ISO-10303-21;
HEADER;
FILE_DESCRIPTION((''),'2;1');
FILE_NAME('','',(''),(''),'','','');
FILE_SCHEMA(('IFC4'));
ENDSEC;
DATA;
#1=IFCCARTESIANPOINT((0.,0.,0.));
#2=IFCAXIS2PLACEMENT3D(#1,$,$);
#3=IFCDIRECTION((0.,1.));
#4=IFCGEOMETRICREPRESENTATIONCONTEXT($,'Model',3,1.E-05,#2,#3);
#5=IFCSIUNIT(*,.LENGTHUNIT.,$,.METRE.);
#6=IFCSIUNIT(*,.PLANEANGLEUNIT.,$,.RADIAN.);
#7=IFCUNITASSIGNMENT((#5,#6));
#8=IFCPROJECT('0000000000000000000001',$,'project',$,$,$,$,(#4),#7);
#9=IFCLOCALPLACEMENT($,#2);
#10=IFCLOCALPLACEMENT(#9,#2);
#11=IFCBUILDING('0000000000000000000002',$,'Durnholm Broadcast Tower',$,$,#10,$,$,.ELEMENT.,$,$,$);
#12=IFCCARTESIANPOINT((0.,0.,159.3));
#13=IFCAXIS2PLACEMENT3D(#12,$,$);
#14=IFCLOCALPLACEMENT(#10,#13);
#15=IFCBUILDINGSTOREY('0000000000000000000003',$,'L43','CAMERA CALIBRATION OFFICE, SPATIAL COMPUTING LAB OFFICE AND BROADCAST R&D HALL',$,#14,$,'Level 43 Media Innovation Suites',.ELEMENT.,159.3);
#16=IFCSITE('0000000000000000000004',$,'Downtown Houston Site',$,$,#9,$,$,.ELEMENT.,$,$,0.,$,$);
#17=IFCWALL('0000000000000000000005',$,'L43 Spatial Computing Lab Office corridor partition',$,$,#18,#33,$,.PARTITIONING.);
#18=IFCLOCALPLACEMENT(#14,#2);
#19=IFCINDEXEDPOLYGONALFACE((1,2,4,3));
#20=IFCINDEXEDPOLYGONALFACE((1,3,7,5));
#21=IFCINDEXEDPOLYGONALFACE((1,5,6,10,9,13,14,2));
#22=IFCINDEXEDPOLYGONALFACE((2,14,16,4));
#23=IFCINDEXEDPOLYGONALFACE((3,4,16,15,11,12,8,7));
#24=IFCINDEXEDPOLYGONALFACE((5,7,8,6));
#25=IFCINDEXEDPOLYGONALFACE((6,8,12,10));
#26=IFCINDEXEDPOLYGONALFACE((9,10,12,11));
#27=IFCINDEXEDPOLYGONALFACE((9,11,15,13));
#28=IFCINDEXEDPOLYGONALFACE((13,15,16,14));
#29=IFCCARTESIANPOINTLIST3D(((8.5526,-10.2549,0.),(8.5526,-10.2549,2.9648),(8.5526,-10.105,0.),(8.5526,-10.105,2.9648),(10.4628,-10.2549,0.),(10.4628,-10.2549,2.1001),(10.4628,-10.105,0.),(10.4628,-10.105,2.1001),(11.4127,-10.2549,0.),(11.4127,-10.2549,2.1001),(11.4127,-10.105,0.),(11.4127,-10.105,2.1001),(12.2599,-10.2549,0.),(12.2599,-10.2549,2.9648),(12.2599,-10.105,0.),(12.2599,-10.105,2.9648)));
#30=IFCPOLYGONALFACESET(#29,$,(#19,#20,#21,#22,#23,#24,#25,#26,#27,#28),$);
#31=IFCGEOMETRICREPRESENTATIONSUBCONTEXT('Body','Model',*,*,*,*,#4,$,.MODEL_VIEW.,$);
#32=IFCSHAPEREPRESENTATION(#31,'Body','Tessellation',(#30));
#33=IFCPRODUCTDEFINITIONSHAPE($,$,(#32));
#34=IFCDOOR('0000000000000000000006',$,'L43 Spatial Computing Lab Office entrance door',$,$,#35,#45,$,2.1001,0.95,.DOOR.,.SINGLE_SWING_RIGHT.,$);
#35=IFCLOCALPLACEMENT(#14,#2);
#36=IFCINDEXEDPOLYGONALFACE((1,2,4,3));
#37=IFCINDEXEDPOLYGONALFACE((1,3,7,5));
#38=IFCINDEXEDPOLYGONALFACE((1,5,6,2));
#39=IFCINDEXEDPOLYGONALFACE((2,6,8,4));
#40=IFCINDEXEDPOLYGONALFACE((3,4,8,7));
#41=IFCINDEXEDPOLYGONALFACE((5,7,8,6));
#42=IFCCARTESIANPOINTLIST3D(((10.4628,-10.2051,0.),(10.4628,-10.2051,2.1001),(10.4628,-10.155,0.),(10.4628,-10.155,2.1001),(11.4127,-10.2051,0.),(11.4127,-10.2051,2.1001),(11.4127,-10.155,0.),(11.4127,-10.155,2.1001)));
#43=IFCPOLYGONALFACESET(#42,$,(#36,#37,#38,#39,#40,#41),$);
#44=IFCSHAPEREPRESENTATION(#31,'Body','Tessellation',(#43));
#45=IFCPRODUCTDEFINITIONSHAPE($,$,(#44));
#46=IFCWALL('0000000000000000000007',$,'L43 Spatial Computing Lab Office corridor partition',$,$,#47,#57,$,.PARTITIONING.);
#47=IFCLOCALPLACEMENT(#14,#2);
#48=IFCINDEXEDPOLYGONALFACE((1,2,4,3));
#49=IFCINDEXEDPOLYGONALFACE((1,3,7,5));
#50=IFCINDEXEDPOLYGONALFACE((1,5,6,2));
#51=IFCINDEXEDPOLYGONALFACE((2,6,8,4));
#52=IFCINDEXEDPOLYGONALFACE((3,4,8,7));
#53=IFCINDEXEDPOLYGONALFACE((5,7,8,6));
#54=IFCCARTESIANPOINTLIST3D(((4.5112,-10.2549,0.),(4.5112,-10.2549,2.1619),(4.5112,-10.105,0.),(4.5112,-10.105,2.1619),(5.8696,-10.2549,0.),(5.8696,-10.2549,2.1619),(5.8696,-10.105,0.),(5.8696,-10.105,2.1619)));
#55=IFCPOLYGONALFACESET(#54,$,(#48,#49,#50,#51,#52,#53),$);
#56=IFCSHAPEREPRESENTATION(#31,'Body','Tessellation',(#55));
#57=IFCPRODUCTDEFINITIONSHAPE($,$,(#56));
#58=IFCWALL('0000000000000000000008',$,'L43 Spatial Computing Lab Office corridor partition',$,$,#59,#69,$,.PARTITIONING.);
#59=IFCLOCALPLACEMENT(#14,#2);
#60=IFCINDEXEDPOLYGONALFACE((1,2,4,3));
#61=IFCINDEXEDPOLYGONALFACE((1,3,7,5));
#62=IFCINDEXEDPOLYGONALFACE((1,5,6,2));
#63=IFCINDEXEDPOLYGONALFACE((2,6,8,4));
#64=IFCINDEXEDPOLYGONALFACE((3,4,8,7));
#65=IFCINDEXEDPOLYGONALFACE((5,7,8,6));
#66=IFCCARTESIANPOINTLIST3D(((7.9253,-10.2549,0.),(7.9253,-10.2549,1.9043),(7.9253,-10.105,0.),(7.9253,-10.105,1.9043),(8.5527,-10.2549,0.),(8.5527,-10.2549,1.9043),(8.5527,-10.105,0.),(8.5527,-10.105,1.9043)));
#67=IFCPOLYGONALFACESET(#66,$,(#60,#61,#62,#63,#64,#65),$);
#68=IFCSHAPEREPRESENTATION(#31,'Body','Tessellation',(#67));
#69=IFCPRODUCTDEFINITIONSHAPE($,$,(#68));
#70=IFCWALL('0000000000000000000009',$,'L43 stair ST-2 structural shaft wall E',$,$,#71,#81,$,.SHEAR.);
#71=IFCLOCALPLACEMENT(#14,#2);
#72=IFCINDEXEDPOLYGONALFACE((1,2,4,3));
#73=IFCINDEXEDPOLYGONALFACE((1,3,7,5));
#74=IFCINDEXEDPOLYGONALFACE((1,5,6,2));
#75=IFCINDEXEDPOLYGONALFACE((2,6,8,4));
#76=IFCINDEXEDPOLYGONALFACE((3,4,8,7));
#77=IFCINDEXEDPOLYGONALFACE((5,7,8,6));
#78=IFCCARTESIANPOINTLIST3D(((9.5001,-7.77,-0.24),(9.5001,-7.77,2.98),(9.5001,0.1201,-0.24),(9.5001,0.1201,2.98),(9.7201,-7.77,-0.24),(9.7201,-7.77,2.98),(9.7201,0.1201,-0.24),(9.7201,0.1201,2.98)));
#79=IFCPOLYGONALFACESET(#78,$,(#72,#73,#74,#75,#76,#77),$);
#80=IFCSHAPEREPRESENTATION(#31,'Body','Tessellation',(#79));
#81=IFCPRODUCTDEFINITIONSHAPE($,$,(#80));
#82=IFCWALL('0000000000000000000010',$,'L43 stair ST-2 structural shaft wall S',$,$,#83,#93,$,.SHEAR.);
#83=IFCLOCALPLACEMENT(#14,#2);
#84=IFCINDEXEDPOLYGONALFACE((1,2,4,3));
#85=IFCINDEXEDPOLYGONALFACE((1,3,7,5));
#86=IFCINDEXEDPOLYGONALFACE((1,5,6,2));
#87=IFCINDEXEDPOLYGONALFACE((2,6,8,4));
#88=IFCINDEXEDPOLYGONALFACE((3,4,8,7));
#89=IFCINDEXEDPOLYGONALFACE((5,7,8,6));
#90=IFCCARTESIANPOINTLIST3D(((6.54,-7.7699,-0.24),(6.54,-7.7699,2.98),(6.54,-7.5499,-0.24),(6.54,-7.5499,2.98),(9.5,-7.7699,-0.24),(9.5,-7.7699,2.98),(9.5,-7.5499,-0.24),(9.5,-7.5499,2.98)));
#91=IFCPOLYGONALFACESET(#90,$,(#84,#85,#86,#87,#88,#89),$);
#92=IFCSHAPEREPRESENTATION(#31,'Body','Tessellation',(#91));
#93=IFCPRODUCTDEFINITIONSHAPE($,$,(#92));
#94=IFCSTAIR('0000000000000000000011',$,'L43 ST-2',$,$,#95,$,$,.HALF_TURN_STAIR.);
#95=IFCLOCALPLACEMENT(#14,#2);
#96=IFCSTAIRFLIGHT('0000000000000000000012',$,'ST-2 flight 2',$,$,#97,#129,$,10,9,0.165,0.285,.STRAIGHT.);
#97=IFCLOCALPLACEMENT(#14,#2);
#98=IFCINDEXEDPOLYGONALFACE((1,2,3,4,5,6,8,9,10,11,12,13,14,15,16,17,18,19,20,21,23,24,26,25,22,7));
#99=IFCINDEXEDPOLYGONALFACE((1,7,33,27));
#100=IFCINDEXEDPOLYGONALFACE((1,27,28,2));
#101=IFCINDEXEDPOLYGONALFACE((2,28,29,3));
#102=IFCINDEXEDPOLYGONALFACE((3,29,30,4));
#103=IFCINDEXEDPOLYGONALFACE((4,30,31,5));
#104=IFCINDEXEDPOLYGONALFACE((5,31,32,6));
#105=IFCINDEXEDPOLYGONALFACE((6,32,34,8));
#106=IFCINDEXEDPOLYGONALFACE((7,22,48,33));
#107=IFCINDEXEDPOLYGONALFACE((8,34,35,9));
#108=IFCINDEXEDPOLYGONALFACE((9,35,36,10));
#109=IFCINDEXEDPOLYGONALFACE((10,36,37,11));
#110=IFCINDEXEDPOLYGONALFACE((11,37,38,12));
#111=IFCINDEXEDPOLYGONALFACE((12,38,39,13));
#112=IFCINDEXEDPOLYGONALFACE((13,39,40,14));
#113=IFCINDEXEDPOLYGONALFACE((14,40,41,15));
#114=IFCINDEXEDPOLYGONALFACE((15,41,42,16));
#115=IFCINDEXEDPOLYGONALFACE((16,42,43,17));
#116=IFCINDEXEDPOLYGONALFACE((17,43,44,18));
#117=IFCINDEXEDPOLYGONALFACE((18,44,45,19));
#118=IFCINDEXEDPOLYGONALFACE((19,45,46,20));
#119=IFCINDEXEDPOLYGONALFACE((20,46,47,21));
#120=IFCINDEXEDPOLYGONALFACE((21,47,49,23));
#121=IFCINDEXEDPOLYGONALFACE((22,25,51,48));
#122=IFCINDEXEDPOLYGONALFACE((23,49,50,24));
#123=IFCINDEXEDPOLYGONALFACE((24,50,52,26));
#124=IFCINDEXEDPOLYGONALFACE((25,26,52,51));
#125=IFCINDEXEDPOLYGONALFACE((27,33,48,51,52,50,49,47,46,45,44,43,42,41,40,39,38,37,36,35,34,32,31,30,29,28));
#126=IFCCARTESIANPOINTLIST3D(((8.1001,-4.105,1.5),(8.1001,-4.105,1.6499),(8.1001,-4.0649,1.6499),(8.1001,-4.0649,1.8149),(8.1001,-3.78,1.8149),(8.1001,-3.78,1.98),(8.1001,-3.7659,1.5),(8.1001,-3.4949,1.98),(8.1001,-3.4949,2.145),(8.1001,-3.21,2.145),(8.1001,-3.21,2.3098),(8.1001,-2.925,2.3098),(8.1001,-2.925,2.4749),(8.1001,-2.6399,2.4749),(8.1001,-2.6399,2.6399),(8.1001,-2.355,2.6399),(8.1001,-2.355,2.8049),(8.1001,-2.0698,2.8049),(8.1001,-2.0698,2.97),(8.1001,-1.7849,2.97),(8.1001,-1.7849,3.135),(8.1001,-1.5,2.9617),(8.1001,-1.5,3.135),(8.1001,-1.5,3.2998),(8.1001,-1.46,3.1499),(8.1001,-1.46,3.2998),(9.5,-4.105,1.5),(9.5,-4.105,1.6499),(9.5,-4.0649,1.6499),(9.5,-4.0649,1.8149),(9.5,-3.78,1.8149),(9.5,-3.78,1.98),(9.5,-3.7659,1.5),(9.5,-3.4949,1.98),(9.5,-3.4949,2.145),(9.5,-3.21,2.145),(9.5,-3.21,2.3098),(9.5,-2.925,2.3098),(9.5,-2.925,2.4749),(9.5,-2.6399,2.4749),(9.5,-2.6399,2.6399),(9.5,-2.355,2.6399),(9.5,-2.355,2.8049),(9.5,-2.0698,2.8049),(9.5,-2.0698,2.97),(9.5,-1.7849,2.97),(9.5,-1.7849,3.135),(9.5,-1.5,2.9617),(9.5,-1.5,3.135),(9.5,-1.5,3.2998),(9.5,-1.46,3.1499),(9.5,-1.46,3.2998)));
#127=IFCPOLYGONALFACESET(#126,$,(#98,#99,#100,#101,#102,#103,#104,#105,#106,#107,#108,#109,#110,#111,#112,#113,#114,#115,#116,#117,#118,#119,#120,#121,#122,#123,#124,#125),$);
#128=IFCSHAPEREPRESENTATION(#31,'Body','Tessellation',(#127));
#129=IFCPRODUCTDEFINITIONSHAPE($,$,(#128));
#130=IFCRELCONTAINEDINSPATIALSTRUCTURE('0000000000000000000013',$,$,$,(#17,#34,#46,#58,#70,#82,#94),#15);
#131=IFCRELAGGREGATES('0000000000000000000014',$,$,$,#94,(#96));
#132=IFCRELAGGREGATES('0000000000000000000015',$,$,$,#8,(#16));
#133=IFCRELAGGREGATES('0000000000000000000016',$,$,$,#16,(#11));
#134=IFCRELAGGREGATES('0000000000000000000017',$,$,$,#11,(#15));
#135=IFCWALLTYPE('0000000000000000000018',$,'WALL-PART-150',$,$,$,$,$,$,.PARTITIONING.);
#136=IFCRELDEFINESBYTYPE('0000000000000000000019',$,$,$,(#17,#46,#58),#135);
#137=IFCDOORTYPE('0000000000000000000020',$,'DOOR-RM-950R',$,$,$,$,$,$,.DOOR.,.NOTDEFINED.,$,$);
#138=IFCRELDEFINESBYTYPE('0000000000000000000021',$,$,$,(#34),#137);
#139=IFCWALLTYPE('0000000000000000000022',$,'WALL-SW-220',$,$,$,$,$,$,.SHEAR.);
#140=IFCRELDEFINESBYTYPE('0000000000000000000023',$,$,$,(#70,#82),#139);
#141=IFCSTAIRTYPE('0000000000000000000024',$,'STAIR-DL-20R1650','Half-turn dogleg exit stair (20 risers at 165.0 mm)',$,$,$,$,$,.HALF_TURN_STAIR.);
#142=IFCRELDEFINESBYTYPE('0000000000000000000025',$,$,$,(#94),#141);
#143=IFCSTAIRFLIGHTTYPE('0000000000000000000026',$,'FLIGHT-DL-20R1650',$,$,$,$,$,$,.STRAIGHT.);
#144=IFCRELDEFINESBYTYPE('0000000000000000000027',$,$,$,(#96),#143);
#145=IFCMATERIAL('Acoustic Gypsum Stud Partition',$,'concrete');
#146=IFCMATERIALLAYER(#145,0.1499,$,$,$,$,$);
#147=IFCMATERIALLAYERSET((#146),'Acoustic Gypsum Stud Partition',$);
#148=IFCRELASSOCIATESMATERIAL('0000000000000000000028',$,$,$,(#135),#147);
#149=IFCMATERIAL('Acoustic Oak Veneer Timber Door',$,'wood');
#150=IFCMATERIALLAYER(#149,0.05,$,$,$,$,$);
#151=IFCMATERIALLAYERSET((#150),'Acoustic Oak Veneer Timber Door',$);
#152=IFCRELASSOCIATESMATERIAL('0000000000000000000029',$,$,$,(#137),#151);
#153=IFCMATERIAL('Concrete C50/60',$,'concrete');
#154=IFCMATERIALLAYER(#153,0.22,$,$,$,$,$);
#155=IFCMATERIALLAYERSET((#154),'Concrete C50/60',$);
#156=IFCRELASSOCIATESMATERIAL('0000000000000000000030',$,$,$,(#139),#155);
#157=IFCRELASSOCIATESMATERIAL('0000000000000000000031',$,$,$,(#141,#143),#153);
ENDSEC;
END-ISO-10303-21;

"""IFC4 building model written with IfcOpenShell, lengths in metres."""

from ifc_helpers import new_model, si_unit, direction, frame, frame_2d, origin, place, context, subcontext, project, spatial, polyline, rectangle, outline, extrude, source, transform, mapped, material, layer, layer_set, type_object, type_shapes, element, fill, aggregate, save


model = new_model("IFC4")

# Units and contexts
model_context = context("Model", 3, precision=1e-05, world=origin(), true_north=direction((0.0, 1.0)))
body_context = subcontext(model_context, "Body", "Model", "MODEL_VIEW")
ifc_project = project(units=[si_unit("LENGTHUNIT", "METRE"), si_unit("PLANEANGLEUNIT", "RADIAN")], contexts=[model_context])

# Site, building, storey
site_placement = place(None, origin())
site = spatial("IfcSite", under=ifc_project, at=site_placement, Name="Downtown Houston Site", CompositionType="ELEMENT", RefElevation=0.0)
building_placement = place(site_placement, origin())
building = spatial("IfcBuilding", under=site, at=building_placement, Name="Durnholm Broadcast Tower", CompositionType="ELEMENT")
storey_placement = place(building_placement, frame((0.0, 0.0, 159.3)))
storey = spatial("IfcBuildingStorey", under=building, at=storey_placement, Name="L43", Description="CAMERA CALIBRATION OFFICE, SPATIAL COMPUTING LAB OFFICE AND BROADCAST R&D HALL", LongName="Level 43 Media Innovation Suites", CompositionType="ELEMENT", Elevation=159.3)

# Shared definitions
ifc_material_1 = material(Name="Acoustic Gypsum Stud Partition", Category="concrete")
ifc_layer_1 = layer(ifc_material_1, 0.1499)
ifc_layer_set_1 = layer_set([ifc_layer_1], Name="Acoustic Gypsum Stud Partition")
wall_type_1 = type_object("IfcWallType", Name="WALL-PART-150", PredefinedType="PARTITIONING", material=ifc_layer_set_1)

# Wall, opening, door
wall_1_placement = place(storey_placement, frame((8.5527, -10.1799, 0.0), z_axis=(0.0, 0.0, 1.0), x_axis=(1.0, 0.0, 0.0)))
wall_1 = element("IfcWall", 1, at=wall_1_placement, inside=storey, type_object=wall_type_1, Name="L43 Spatial Computing Lab Office corridor partition", PredefinedType="PARTITIONING", context=body_context, shape_type="SweptSolid", body=[
    extrude(rectangle(XDim=3.7073, YDim=0.1499, at=frame_2d((1.8535, 0.0))), origin(), (0.0, 0.0, 1.0), 2.9648),
])
opening_1_placement = place(wall_1_placement, frame((1.9099, 0.0, 0.0)))
opening_1 = element("IfcOpeningElement", 2, at=opening_1_placement, cuts=wall_1, PredefinedType="OPENING", context=body_context, shape_type="SweptSolid", body=[
    extrude(rectangle(XDim=0.95, YDim=2.1001, at=frame_2d((0.4751, 1.05))), frame((0.0, 0.085, 0.0), z_axis=(0.0, -1.0, 0.0), x_axis=(1.0, 0.0, 0.0)), (0.0, 0.0, 1.0), 0.1699),
])
ifc_material_2 = material(Name="Acoustic Oak Veneer Timber Door", Category="wood")
ifc_layer_2 = layer(ifc_material_2, 0.05)
ifc_layer_set_2 = layer_set([ifc_layer_2], Name="Acoustic Oak Veneer Timber Door")
door_type_1 = type_object("IfcDoorType", Name="DOOR-RM-950R", OperationType="NOTDEFINED", PredefinedType="DOOR", material=ifc_layer_set_2)
shared_shape_1 = source(origin(), body_context, "Body", "SweptSolid", [
    extrude(rectangle(XDim=0.95, YDim=2.1001, at=frame_2d((0.4751, 1.05))), frame((0.0, 0.0249, 0.0), z_axis=(0.0, -1.0, 0.0), x_axis=(1.0, 0.0, 0.0)), (0.0, 0.0, 1.0), 0.05),
])
type_shapes(door_type_1, [shared_shape_1])
door_1_placement = place(opening_1_placement, origin())
door_1 = element("IfcDoor", 3, at=door_1_placement, inside=storey, type_object=door_type_1, Name="L43 Spatial Computing Lab Office entrance door", OperationType="SINGLE_SWING_RIGHT", OverallHeight=2.1001, OverallWidth=0.95, PredefinedType="DOOR", context=body_context, shape_type="MappedRepresentation", body=[
    mapped(shared_shape_1, transform((0.0, 0.0, 0.0), x_axis=(1.0, 0.0, 0.0), y_axis=(0.0, 1.0, 0.0), z_axis=(0.0, 0.0, 1.0), scale=1.0)),
])
fill(opening_1, door_1)

# Walls
wall_2_placement = place(storey_placement, frame((4.5112, -10.1799, 0.0), z_axis=(0.0, 0.0, 1.0), x_axis=(1.0, 0.0, 0.0)))
element("IfcWall", 4, at=wall_2_placement, inside=storey, type_object=wall_type_1, Name="L43 Spatial Computing Lab Office corridor partition", PredefinedType="PARTITIONING", context=body_context, shape_type="SweptSolid", body=[
    extrude(rectangle(XDim=1.3584, YDim=0.1499, at=frame_2d((0.6792, 0.0))), origin(), (0.0, 0.0, 1.0), 2.1619),
])
wall_3_placement = place(storey_placement, frame((7.9253, -10.1799, 0.0), z_axis=(0.0, 0.0, 1.0), x_axis=(1.0, 0.0, 0.0)))
element("IfcWall", 5, at=wall_3_placement, inside=storey, type_object=wall_type_1, Name="L43 Spatial Computing Lab Office corridor partition", PredefinedType="PARTITIONING", context=body_context, shape_type="SweptSolid", body=[
    extrude(rectangle(XDim=0.6274, YDim=0.1499, at=frame_2d((0.3137, 0.0))), origin(), (0.0, 0.0, 1.0), 1.9043),
])
ifc_material_3 = material(Name="Concrete C50/60", Category="concrete")
ifc_layer_3 = layer(ifc_material_3, 0.22)
ifc_layer_set_3 = layer_set([ifc_layer_3], Name="Concrete C50/60")
wall_type_2 = type_object("IfcWallType", Name="WALL-SW-220", PredefinedType="SHEAR", material=ifc_layer_set_3)
wall_4_placement = place(storey_placement, frame((9.6101, -7.77, -0.24), z_axis=(0.0, 0.0, 1.0), x_axis=(0.0, 1.0, 0.0)))
element("IfcWall", 6, at=wall_4_placement, inside=storey, type_object=wall_type_2, Name="L43 stair ST-2 structural shaft wall E", PredefinedType="SHEAR", context=body_context, shape_type="SweptSolid", body=[
    extrude(rectangle(XDim=7.8901, YDim=0.22, at=frame_2d((3.9451, 0.0))), origin(), (0.0, 0.0, 1.0), 3.22),
])
wall_5_placement = place(storey_placement, frame((6.54, -7.6599, -0.24), z_axis=(0.0, 0.0, 1.0), x_axis=(1.0, 0.0, 0.0)))
element("IfcWall", 7, at=wall_5_placement, inside=storey, type_object=wall_type_2, Name="L43 stair ST-2 structural shaft wall S", PredefinedType="SHEAR", context=body_context, shape_type="SweptSolid", body=[
    extrude(rectangle(XDim=2.96, YDim=0.22, at=frame_2d((1.48, 0.0))), origin(), (0.0, 0.0, 1.0), 3.22),
])

# Stair, stair flight
stair_type = type_object("IfcStairType", Name="STAIR-DL-20R1650", Description="Half-turn dogleg exit stair (20 risers at 165.0 mm)", PredefinedType="HALF_TURN_STAIR", material=ifc_material_3)
stair_placement = place(storey_placement, origin())
stair = element("IfcStair", 8, at=stair_placement, inside=storey, type_object=stair_type, Name="L43 ST-2", PredefinedType="HALF_TURN_STAIR")
stair_flight_type = type_object("IfcStairFlightType", Name="FLIGHT-DL-20R1650", PredefinedType="STRAIGHT", material=ifc_material_3)
stair_flight_placement = place(storey_placement, frame((8.8, -4.0649, 1.6499), z_axis=(0.0, 0.0, 1.0), x_axis=(0.0, 1.0, 0.0)))
stair_flight = element("IfcStairFlight", 9, at=stair_flight_placement, type_object=stair_flight_type, Name="ST-2 flight 2", NumberOfRisers=10, NumberOfTreads=9, PredefinedType="STRAIGHT", RiserHeight=0.165, TreadLength=0.285, context=body_context, shape_type="SweptSolid", body=[
    extrude(outline(polyline([(-0.04, -0.1499), (-0.04, 0.0), (0.0, 0.0), (0.0, 0.165), (0.2849, 0.165), (0.2849, 0.3301), (0.5701, 0.3301), (0.5701, 0.4951), (0.855, 0.4951), (0.855, 0.6599), (1.1399, 0.6599), (1.1399, 0.825), (1.425, 0.825), (1.425, 0.99), (1.71, 0.99), (1.71, 1.155), (1.9951, 1.155), (1.9951, 1.3201), (2.28, 1.3201), (2.28, 1.4851), (2.5649, 1.4851), (2.5649, 1.6499), (2.605, 1.6499), (2.605, 1.5), (2.5649, 1.3118), (0.2991, -0.1499), (-0.04, -0.1499)])), frame((0.0, 0.7, 0.0), z_axis=(0.0, -1.0, 0.0), x_axis=(1.0, 0.0, 0.0)), (0.0, 0.0, 1.0), 1.3999),
])
aggregate(stair, [stair_flight])

save(model, "model.ifc")
